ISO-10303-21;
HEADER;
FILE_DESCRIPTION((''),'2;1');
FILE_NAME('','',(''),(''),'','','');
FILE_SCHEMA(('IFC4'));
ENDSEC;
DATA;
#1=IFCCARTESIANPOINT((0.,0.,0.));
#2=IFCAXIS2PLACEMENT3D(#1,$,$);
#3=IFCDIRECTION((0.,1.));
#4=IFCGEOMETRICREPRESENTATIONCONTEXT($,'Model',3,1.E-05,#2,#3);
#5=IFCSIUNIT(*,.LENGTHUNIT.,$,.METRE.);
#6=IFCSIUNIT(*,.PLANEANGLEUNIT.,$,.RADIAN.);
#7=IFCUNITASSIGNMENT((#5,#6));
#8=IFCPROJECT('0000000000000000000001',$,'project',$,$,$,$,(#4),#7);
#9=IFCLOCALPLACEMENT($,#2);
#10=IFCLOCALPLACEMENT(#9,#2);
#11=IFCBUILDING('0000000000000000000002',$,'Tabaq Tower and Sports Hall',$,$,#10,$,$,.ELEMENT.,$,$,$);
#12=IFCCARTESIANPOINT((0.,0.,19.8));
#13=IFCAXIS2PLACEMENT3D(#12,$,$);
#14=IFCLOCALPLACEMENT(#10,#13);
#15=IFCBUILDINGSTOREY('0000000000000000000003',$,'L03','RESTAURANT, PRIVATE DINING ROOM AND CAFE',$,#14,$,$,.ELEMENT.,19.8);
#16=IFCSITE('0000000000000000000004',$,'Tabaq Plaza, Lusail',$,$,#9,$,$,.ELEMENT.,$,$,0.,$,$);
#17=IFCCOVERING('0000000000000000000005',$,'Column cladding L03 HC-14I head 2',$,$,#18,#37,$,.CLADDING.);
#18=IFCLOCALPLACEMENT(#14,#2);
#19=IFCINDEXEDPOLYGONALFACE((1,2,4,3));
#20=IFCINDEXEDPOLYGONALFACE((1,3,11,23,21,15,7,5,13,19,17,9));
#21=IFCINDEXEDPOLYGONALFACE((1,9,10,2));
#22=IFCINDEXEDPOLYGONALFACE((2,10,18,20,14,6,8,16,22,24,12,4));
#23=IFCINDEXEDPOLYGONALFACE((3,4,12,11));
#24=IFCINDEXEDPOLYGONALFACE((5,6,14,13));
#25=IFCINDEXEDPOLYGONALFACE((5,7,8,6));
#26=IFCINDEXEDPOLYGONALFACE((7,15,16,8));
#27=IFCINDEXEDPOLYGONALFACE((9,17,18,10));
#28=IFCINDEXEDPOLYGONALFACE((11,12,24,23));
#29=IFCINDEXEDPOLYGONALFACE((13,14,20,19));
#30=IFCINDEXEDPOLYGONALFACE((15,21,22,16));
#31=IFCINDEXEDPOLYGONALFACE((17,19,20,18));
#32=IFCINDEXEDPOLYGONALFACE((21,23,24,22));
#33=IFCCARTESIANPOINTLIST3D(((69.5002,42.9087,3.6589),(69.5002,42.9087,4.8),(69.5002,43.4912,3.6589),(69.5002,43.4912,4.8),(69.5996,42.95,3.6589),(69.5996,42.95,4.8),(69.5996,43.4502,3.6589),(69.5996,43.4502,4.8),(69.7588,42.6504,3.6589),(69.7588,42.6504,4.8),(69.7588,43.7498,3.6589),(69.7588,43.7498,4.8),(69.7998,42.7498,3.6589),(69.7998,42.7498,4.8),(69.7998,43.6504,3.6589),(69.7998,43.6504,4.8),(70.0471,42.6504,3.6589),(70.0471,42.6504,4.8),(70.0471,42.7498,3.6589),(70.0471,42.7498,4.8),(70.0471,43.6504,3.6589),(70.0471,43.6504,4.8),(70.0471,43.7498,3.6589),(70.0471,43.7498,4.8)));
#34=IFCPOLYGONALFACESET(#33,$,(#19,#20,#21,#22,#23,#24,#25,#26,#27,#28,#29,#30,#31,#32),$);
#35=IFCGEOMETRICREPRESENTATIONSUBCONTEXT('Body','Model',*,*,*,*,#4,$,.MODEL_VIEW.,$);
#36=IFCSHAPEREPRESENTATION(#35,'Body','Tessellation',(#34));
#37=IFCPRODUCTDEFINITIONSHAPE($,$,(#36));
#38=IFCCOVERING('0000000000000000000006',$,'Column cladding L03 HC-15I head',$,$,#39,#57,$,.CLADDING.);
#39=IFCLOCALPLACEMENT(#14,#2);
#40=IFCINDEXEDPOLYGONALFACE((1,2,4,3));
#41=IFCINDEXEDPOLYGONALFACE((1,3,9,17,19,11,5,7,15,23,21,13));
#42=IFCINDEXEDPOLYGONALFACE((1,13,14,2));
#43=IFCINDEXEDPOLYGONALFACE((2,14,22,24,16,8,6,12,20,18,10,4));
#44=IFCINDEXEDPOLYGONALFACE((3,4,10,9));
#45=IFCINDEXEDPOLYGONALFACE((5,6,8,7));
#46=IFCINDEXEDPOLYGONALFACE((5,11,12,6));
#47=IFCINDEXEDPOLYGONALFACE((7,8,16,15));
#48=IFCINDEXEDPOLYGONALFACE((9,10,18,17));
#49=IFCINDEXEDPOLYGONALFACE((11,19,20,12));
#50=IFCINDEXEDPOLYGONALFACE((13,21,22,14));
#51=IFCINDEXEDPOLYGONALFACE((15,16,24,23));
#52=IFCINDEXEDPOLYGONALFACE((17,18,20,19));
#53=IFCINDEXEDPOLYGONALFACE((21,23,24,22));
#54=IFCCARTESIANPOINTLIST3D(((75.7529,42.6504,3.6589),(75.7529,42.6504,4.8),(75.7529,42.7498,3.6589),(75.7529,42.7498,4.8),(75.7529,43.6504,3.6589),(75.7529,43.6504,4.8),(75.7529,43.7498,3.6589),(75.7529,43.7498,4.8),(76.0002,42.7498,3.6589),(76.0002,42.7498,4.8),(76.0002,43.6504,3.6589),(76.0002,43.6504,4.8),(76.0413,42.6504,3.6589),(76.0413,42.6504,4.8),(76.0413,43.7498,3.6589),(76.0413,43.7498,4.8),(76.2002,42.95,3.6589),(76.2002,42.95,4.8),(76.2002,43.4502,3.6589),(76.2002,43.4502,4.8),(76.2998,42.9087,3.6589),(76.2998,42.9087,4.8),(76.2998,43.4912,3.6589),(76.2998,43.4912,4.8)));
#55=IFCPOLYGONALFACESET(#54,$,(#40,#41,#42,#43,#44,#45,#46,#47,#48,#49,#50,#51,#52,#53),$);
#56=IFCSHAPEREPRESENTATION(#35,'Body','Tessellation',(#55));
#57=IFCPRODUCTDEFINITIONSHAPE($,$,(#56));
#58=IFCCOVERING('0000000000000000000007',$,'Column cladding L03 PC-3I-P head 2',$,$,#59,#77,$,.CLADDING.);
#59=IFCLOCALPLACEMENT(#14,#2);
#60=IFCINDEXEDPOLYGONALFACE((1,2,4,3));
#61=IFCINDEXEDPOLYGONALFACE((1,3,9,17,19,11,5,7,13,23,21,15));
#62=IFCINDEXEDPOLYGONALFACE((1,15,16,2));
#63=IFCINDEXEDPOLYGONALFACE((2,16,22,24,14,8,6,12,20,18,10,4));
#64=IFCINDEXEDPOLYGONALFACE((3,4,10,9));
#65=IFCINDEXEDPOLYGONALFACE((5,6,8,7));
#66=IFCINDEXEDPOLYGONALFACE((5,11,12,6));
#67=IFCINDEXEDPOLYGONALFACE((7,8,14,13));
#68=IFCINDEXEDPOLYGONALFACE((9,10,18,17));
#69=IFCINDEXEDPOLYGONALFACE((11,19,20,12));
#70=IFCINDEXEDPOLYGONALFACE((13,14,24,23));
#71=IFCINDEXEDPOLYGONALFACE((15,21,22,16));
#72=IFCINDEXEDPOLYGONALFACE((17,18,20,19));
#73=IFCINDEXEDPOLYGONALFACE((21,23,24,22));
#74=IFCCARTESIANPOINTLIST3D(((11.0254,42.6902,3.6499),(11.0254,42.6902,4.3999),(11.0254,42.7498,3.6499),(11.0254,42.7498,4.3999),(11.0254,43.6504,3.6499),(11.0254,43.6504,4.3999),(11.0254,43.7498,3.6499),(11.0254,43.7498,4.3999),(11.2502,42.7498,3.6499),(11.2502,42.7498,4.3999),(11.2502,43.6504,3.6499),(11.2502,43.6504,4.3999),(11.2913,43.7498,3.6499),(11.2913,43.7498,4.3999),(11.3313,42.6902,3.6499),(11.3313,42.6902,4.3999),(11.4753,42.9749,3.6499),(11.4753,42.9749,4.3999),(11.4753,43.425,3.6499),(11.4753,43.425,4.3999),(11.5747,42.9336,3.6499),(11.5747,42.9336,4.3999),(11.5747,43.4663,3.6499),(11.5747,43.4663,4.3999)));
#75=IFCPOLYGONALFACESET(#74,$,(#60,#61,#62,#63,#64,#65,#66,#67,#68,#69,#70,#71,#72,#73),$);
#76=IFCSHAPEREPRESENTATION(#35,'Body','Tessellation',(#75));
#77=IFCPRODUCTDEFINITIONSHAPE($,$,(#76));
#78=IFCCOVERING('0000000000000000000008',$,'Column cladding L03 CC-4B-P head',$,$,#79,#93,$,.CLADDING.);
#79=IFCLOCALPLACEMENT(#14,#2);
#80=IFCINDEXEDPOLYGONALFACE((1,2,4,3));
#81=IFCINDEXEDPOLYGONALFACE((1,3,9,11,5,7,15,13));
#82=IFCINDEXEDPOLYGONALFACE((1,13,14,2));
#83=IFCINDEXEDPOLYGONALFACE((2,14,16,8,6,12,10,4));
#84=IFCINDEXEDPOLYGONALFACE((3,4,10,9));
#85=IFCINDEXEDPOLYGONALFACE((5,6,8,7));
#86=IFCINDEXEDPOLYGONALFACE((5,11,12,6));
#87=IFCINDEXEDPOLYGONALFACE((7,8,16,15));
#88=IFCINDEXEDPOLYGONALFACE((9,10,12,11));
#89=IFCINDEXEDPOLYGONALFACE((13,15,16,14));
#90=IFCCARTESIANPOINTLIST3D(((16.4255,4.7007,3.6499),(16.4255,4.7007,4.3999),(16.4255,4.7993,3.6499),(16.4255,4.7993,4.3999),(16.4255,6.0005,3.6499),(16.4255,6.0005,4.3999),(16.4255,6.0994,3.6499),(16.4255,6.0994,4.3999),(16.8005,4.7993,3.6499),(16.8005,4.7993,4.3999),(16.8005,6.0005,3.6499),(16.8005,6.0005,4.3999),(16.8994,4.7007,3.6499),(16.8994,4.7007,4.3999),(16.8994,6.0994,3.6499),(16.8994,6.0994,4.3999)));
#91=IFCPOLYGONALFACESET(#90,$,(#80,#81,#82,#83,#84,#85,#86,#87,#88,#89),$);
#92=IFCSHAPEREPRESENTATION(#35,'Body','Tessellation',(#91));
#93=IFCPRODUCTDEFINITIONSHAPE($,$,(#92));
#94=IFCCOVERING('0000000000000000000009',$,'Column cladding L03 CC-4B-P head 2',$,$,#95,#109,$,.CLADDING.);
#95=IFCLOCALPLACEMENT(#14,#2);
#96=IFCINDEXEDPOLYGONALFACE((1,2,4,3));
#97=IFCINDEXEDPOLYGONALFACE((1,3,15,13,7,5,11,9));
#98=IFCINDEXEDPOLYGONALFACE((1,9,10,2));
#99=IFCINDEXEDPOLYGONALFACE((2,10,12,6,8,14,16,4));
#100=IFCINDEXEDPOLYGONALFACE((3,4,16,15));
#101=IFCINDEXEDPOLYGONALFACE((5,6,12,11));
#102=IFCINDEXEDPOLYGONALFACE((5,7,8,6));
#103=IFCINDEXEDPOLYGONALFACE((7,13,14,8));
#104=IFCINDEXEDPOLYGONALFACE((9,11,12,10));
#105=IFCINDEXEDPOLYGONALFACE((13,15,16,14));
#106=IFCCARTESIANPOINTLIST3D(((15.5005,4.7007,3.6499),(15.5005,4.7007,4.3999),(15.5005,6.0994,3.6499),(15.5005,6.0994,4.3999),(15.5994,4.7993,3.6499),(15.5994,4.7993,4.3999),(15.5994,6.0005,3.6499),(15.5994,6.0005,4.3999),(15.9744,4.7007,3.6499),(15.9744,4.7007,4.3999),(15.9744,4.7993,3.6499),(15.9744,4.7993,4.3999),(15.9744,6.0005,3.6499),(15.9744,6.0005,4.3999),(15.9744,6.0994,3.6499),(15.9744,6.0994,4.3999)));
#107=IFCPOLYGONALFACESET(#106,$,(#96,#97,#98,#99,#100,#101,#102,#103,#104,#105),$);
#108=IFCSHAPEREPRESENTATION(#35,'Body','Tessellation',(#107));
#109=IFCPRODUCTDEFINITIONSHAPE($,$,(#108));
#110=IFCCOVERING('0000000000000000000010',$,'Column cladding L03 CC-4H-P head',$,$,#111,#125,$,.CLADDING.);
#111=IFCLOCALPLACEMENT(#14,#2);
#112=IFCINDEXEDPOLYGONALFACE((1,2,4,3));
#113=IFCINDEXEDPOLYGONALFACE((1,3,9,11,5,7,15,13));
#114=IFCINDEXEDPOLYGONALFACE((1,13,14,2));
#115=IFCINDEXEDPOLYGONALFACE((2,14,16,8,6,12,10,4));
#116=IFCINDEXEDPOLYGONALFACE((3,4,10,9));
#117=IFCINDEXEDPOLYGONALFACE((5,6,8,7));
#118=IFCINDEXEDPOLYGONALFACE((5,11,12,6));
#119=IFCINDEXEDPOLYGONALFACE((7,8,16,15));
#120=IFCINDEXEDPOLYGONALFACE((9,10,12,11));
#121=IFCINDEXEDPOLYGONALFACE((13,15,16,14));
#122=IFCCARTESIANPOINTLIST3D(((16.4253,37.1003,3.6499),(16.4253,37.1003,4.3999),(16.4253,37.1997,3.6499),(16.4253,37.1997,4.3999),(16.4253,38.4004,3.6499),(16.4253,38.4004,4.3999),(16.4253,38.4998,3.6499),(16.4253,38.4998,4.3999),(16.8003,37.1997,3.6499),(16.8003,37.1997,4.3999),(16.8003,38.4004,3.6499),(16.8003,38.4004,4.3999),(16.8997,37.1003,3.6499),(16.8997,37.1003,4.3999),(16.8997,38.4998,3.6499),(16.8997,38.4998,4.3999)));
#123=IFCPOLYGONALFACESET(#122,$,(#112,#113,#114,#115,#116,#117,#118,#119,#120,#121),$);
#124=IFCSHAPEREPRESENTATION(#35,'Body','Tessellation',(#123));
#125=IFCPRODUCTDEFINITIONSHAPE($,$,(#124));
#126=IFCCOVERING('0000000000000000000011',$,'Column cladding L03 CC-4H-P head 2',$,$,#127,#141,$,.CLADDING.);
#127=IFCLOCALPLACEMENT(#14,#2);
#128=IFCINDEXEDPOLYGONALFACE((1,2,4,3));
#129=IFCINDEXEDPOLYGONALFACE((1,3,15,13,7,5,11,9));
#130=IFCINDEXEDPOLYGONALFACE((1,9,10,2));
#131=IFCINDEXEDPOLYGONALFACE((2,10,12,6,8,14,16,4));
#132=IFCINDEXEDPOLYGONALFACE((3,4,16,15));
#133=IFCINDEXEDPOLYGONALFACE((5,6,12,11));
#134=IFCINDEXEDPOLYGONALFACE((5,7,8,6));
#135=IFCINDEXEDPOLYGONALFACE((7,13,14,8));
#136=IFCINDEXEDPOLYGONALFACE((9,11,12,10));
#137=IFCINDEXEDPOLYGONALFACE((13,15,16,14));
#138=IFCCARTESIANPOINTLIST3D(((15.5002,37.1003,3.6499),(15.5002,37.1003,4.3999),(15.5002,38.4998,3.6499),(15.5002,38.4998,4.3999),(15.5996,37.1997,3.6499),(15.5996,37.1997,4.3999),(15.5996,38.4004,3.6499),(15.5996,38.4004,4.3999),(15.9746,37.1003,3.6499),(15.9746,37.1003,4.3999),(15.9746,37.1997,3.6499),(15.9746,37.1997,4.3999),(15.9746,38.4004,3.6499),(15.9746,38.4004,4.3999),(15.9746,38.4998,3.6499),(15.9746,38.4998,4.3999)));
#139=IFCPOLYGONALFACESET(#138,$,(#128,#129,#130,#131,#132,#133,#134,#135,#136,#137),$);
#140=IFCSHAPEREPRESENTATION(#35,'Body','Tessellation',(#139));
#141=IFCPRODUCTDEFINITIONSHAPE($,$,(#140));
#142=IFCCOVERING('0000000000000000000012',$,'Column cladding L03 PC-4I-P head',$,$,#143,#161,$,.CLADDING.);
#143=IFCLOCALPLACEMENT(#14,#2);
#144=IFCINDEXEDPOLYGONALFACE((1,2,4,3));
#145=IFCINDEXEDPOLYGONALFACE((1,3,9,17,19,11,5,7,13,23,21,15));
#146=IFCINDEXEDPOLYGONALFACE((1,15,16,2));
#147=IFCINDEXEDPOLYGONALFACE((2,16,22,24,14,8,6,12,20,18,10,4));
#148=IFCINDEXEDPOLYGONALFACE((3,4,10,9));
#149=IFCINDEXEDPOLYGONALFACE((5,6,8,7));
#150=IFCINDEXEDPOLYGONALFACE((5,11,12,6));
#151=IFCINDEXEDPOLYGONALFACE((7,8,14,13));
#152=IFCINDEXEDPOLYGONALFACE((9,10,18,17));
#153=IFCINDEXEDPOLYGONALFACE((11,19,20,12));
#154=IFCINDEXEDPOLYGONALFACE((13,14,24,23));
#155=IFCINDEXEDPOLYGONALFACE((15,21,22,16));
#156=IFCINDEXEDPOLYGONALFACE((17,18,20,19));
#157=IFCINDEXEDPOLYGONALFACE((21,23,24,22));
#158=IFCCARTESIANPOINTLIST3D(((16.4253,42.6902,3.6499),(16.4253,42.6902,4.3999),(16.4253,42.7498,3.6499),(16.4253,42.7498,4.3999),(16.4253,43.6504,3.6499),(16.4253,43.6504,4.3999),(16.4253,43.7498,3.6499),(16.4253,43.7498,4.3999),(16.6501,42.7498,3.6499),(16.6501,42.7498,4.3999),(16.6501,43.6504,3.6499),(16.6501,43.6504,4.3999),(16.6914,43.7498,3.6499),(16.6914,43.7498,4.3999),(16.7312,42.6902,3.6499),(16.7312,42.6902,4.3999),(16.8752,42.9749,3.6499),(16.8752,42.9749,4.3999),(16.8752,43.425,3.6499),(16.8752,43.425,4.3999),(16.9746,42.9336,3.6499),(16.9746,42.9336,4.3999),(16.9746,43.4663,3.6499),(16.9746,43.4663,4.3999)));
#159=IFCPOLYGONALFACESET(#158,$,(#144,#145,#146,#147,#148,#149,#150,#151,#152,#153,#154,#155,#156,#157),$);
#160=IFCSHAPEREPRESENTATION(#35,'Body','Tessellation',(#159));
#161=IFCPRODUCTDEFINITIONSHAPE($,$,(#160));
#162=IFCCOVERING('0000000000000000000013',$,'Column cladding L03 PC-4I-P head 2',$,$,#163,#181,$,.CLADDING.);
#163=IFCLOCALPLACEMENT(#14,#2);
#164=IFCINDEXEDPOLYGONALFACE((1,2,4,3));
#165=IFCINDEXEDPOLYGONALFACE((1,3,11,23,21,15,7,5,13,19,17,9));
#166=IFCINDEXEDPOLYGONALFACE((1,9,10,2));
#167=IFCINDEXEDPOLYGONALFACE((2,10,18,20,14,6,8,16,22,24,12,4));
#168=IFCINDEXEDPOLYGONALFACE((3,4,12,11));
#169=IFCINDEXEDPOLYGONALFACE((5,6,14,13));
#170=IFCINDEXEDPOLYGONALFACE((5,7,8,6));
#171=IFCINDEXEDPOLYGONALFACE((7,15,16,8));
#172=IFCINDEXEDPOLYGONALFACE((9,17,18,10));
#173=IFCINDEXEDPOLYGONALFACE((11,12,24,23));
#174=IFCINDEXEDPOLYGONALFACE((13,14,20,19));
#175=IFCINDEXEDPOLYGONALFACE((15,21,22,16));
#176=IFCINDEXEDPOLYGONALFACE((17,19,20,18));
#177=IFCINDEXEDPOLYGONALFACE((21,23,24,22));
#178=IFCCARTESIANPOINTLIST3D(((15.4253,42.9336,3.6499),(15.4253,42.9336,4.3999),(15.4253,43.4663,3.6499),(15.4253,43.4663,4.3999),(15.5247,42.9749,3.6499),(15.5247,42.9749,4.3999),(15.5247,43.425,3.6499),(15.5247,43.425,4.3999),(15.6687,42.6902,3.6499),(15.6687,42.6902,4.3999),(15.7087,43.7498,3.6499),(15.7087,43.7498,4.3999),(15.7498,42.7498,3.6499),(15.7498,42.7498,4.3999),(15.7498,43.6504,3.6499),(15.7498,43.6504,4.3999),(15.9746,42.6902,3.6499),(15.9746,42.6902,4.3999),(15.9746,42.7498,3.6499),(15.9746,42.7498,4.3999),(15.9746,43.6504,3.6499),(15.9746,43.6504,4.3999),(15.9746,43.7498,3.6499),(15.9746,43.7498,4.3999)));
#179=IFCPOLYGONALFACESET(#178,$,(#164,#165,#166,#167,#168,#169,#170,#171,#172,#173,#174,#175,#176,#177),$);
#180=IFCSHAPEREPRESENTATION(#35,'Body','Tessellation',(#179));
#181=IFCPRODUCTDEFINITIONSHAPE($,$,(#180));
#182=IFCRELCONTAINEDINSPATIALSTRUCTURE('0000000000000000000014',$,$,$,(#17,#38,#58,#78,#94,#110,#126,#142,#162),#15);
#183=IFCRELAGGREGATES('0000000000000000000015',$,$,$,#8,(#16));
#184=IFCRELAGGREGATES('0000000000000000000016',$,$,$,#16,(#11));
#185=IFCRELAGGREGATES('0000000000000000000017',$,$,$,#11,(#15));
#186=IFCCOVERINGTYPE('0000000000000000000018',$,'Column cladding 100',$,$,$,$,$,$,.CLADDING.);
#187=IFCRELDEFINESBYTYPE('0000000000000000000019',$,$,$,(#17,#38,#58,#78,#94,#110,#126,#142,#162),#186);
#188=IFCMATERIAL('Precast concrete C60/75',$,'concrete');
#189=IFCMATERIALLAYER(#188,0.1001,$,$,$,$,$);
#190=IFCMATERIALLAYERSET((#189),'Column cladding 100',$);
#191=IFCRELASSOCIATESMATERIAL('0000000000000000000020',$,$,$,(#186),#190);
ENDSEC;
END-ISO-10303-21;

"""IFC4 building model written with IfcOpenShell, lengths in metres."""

from ifc_helpers import new_model, si_unit, direction, frame, origin, place, context, subcontext, project, spatial, polyline, outline, extrude, material, layer, layer_set, type_object, element, save


model = new_model("IFC4")

# Units and contexts
model_context = context("Model", 3, precision=1e-05, world=origin(), true_north=direction((0.0, 1.0)))
body_context = subcontext(model_context, "Body", "Model", "MODEL_VIEW")
ifc_project = project(units=[si_unit("LENGTHUNIT", "METRE"), si_unit("PLANEANGLEUNIT", "RADIAN")], contexts=[model_context])

# Site, building, storey
site_placement = place(None, origin())
site = spatial("IfcSite", under=ifc_project, at=site_placement, Name="Tabaq Plaza, Lusail", CompositionType="ELEMENT", RefElevation=0.0)
building_placement = place(site_placement, origin())
building = spatial("IfcBuilding", under=site, at=building_placement, Name="Tabaq Tower and Sports Hall", CompositionType="ELEMENT")
storey_placement = place(building_placement, frame((0.0, 0.0, 19.8)))
storey = spatial("IfcBuildingStorey", under=building, at=storey_placement, Name="L03", Description="RESTAURANT, PRIVATE DINING ROOM AND CAFE", CompositionType="ELEMENT", Elevation=19.8)

# Coverings
ifc_material = material(Name="Precast concrete C60/75", Category="concrete")
ifc_layer = layer(ifc_material, 0.1001)
ifc_layer_set = layer_set([ifc_layer], Name="Column cladding 100")
covering_type = type_object("IfcCoveringType", Name="Column cladding 100", PredefinedType="CLADDING", material=ifc_layer_set)
covering_1_placement = place(storey_placement, frame((0.0, 0.0, 3.6589)))
element("IfcCovering", 1, at=covering_1_placement, inside=storey, type_object=covering_type, Name="Column cladding L03 HC-14I head 2", PredefinedType="CLADDING", context=body_context, shape_type="SweptSolid", body=[
    extrude(outline(polyline([(69.5002, 43.4912), (69.7588, 43.7498), (70.0471, 43.7498), (70.0471, 43.6504), (69.7998, 43.6504), (69.5996, 43.4502), (69.5996, 42.95), (69.7998, 42.7498), (70.0471, 42.7498), (70.0471, 42.6504), (69.7588, 42.6504), (69.5002, 42.9087), (69.5002, 43.4912)])), origin(), (0.0, 0.0, 1.0), 1.1411),
])
covering_2_placement = place(storey_placement, frame((0.0, 0.0, 3.6589)))
element("IfcCovering", 2, at=covering_2_placement, inside=storey, type_object=covering_type, Name="Column cladding L03 HC-15I head", PredefinedType="CLADDING", context=body_context, shape_type="SweptSolid", body=[
    extrude(outline(polyline([(76.0413, 43.7498), (76.2998, 43.4912), (76.2998, 42.9087), (76.0413, 42.6504), (75.7529, 42.6504), (75.7529, 42.7498), (76.0002, 42.7498), (76.2002, 42.95), (76.2002, 43.4502), (76.0002, 43.6504), (75.7529, 43.6504), (75.7529, 43.7498), (76.0413, 43.7498)])), origin(), (0.0, 0.0, 1.0), 1.1411),
])
covering_3_placement = place(storey_placement, frame((0.0, 0.0, 3.6499)))
element("IfcCovering", 3, at=covering_3_placement, inside=storey, type_object=covering_type, Name="Column cladding L03 PC-3I-P head 2", PredefinedType="CLADDING", context=body_context, shape_type="SweptSolid", body=[
    extrude(outline(polyline([(11.2913, 43.7498), (11.5747, 43.4663), (11.5747, 42.9336), (11.3313, 42.6902), (11.0254, 42.6902), (11.0254, 42.7498), (11.2502, 42.7498), (11.4753, 42.9749), (11.4753, 43.425), (11.2502, 43.6504), (11.0254, 43.6504), (11.0254, 43.7498), (11.2913, 43.7498)])), origin(), (0.0, 0.0, 1.0), 0.75),
])
covering_4_placement = place(storey_placement, frame((0.0, 0.0, 3.6499)))
element("IfcCovering", 4, at=covering_4_placement, inside=storey, type_object=covering_type, Name="Column cladding L03 CC-4B-P head", PredefinedType="CLADDING", context=body_context, shape_type="SweptSolid", body=[
    extrude(outline(polyline([(16.4255, 4.7993), (16.8005, 4.7993), (16.8005, 6.0005), (16.4255, 6.0005), (16.4255, 6.0994), (16.8994, 6.0994), (16.8994, 4.7007), (16.4255, 4.7007), (16.4255, 4.7993)])), origin(), (0.0, 0.0, 1.0), 0.75),
])
covering_5_placement = place(storey_placement, frame((0.0, 0.0, 3.6499)))
element("IfcCovering", 5, at=covering_5_placement, inside=storey, type_object=covering_type, Name="Column cladding L03 CC-4B-P head 2", PredefinedType="CLADDING", context=body_context, shape_type="SweptSolid", body=[
    extrude(outline(polyline([(15.9744, 4.7993), (15.9744, 4.7007), (15.5005, 4.7007), (15.5005, 6.0994), (15.9744, 6.0994), (15.9744, 6.0005), (15.5994, 6.0005), (15.5994, 4.7993), (15.9744, 4.7993)])), origin(), (0.0, 0.0, 1.0), 0.75),
])
covering_6_placement = place(storey_placement, frame((0.0, 0.0, 3.6499)))
element("IfcCovering", 6, at=covering_6_placement, inside=storey, type_object=covering_type, Name="Column cladding L03 CC-4H-P head", PredefinedType="CLADDING", context=body_context, shape_type="SweptSolid", body=[
    extrude(outline(polyline([(16.8997, 38.4998), (16.8997, 37.1003), (16.4253, 37.1003), (16.4253, 37.1997), (16.8003, 37.1997), (16.8003, 38.4004), (16.4253, 38.4004), (16.4253, 38.4998), (16.8997, 38.4998)])), origin(), (0.0, 0.0, 1.0), 0.75),
])
covering_7_placement = place(storey_placement, frame((0.0, 0.0, 3.6499)))
element("IfcCovering", 7, at=covering_7_placement, inside=storey, type_object=covering_type, Name="Column cladding L03 CC-4H-P head 2", PredefinedType="CLADDING", context=body_context, shape_type="SweptSolid", body=[
    extrude(outline(polyline([(15.9746, 38.4998), (15.9746, 38.4004), (15.5996, 38.4004), (15.5996, 37.1997), (15.9746, 37.1997), (15.9746, 37.1003), (15.5002, 37.1003), (15.5002, 38.4998), (15.9746, 38.4998)])), origin(), (0.0, 0.0, 1.0), 0.75),
])
covering_8_placement = place(storey_placement, frame((0.0, 0.0, 3.6499)))
element("IfcCovering", 8, at=covering_8_placement, inside=storey, type_object=covering_type, Name="Column cladding L03 PC-4I-P head", PredefinedType="CLADDING", context=body_context, shape_type="SweptSolid", body=[
    extrude(outline(polyline([(16.6914, 43.7498), (16.9746, 43.4663), (16.9746, 42.9336), (16.7312, 42.6902), (16.4253, 42.6902), (16.4253, 42.7498), (16.6501, 42.7498), (16.8752, 42.9749), (16.8752, 43.425), (16.6501, 43.6504), (16.4253, 43.6504), (16.4253, 43.7498), (16.6914, 43.7498)])), origin(), (0.0, 0.0, 1.0), 0.75),
])
covering_9_placement = place(storey_placement, frame((0.0, 0.0, 3.6499)))
element("IfcCovering", 9, at=covering_9_placement, inside=storey, type_object=covering_type, Name="Column cladding L03 PC-4I-P head 2", PredefinedType="CLADDING", context=body_context, shape_type="SweptSolid", body=[
    extrude(outline(polyline([(15.7087, 43.7498), (15.9746, 43.7498), (15.9746, 43.6504), (15.7498, 43.6504), (15.5247, 43.425), (15.5247, 42.9749), (15.7498, 42.7498), (15.9746, 42.7498), (15.9746, 42.6902), (15.6687, 42.6902), (15.4253, 42.9336), (15.4253, 43.4663), (15.7087, 43.7498)])), origin(), (0.0, 0.0, 1.0), 0.75),
])

save(model, "model.ifc")
